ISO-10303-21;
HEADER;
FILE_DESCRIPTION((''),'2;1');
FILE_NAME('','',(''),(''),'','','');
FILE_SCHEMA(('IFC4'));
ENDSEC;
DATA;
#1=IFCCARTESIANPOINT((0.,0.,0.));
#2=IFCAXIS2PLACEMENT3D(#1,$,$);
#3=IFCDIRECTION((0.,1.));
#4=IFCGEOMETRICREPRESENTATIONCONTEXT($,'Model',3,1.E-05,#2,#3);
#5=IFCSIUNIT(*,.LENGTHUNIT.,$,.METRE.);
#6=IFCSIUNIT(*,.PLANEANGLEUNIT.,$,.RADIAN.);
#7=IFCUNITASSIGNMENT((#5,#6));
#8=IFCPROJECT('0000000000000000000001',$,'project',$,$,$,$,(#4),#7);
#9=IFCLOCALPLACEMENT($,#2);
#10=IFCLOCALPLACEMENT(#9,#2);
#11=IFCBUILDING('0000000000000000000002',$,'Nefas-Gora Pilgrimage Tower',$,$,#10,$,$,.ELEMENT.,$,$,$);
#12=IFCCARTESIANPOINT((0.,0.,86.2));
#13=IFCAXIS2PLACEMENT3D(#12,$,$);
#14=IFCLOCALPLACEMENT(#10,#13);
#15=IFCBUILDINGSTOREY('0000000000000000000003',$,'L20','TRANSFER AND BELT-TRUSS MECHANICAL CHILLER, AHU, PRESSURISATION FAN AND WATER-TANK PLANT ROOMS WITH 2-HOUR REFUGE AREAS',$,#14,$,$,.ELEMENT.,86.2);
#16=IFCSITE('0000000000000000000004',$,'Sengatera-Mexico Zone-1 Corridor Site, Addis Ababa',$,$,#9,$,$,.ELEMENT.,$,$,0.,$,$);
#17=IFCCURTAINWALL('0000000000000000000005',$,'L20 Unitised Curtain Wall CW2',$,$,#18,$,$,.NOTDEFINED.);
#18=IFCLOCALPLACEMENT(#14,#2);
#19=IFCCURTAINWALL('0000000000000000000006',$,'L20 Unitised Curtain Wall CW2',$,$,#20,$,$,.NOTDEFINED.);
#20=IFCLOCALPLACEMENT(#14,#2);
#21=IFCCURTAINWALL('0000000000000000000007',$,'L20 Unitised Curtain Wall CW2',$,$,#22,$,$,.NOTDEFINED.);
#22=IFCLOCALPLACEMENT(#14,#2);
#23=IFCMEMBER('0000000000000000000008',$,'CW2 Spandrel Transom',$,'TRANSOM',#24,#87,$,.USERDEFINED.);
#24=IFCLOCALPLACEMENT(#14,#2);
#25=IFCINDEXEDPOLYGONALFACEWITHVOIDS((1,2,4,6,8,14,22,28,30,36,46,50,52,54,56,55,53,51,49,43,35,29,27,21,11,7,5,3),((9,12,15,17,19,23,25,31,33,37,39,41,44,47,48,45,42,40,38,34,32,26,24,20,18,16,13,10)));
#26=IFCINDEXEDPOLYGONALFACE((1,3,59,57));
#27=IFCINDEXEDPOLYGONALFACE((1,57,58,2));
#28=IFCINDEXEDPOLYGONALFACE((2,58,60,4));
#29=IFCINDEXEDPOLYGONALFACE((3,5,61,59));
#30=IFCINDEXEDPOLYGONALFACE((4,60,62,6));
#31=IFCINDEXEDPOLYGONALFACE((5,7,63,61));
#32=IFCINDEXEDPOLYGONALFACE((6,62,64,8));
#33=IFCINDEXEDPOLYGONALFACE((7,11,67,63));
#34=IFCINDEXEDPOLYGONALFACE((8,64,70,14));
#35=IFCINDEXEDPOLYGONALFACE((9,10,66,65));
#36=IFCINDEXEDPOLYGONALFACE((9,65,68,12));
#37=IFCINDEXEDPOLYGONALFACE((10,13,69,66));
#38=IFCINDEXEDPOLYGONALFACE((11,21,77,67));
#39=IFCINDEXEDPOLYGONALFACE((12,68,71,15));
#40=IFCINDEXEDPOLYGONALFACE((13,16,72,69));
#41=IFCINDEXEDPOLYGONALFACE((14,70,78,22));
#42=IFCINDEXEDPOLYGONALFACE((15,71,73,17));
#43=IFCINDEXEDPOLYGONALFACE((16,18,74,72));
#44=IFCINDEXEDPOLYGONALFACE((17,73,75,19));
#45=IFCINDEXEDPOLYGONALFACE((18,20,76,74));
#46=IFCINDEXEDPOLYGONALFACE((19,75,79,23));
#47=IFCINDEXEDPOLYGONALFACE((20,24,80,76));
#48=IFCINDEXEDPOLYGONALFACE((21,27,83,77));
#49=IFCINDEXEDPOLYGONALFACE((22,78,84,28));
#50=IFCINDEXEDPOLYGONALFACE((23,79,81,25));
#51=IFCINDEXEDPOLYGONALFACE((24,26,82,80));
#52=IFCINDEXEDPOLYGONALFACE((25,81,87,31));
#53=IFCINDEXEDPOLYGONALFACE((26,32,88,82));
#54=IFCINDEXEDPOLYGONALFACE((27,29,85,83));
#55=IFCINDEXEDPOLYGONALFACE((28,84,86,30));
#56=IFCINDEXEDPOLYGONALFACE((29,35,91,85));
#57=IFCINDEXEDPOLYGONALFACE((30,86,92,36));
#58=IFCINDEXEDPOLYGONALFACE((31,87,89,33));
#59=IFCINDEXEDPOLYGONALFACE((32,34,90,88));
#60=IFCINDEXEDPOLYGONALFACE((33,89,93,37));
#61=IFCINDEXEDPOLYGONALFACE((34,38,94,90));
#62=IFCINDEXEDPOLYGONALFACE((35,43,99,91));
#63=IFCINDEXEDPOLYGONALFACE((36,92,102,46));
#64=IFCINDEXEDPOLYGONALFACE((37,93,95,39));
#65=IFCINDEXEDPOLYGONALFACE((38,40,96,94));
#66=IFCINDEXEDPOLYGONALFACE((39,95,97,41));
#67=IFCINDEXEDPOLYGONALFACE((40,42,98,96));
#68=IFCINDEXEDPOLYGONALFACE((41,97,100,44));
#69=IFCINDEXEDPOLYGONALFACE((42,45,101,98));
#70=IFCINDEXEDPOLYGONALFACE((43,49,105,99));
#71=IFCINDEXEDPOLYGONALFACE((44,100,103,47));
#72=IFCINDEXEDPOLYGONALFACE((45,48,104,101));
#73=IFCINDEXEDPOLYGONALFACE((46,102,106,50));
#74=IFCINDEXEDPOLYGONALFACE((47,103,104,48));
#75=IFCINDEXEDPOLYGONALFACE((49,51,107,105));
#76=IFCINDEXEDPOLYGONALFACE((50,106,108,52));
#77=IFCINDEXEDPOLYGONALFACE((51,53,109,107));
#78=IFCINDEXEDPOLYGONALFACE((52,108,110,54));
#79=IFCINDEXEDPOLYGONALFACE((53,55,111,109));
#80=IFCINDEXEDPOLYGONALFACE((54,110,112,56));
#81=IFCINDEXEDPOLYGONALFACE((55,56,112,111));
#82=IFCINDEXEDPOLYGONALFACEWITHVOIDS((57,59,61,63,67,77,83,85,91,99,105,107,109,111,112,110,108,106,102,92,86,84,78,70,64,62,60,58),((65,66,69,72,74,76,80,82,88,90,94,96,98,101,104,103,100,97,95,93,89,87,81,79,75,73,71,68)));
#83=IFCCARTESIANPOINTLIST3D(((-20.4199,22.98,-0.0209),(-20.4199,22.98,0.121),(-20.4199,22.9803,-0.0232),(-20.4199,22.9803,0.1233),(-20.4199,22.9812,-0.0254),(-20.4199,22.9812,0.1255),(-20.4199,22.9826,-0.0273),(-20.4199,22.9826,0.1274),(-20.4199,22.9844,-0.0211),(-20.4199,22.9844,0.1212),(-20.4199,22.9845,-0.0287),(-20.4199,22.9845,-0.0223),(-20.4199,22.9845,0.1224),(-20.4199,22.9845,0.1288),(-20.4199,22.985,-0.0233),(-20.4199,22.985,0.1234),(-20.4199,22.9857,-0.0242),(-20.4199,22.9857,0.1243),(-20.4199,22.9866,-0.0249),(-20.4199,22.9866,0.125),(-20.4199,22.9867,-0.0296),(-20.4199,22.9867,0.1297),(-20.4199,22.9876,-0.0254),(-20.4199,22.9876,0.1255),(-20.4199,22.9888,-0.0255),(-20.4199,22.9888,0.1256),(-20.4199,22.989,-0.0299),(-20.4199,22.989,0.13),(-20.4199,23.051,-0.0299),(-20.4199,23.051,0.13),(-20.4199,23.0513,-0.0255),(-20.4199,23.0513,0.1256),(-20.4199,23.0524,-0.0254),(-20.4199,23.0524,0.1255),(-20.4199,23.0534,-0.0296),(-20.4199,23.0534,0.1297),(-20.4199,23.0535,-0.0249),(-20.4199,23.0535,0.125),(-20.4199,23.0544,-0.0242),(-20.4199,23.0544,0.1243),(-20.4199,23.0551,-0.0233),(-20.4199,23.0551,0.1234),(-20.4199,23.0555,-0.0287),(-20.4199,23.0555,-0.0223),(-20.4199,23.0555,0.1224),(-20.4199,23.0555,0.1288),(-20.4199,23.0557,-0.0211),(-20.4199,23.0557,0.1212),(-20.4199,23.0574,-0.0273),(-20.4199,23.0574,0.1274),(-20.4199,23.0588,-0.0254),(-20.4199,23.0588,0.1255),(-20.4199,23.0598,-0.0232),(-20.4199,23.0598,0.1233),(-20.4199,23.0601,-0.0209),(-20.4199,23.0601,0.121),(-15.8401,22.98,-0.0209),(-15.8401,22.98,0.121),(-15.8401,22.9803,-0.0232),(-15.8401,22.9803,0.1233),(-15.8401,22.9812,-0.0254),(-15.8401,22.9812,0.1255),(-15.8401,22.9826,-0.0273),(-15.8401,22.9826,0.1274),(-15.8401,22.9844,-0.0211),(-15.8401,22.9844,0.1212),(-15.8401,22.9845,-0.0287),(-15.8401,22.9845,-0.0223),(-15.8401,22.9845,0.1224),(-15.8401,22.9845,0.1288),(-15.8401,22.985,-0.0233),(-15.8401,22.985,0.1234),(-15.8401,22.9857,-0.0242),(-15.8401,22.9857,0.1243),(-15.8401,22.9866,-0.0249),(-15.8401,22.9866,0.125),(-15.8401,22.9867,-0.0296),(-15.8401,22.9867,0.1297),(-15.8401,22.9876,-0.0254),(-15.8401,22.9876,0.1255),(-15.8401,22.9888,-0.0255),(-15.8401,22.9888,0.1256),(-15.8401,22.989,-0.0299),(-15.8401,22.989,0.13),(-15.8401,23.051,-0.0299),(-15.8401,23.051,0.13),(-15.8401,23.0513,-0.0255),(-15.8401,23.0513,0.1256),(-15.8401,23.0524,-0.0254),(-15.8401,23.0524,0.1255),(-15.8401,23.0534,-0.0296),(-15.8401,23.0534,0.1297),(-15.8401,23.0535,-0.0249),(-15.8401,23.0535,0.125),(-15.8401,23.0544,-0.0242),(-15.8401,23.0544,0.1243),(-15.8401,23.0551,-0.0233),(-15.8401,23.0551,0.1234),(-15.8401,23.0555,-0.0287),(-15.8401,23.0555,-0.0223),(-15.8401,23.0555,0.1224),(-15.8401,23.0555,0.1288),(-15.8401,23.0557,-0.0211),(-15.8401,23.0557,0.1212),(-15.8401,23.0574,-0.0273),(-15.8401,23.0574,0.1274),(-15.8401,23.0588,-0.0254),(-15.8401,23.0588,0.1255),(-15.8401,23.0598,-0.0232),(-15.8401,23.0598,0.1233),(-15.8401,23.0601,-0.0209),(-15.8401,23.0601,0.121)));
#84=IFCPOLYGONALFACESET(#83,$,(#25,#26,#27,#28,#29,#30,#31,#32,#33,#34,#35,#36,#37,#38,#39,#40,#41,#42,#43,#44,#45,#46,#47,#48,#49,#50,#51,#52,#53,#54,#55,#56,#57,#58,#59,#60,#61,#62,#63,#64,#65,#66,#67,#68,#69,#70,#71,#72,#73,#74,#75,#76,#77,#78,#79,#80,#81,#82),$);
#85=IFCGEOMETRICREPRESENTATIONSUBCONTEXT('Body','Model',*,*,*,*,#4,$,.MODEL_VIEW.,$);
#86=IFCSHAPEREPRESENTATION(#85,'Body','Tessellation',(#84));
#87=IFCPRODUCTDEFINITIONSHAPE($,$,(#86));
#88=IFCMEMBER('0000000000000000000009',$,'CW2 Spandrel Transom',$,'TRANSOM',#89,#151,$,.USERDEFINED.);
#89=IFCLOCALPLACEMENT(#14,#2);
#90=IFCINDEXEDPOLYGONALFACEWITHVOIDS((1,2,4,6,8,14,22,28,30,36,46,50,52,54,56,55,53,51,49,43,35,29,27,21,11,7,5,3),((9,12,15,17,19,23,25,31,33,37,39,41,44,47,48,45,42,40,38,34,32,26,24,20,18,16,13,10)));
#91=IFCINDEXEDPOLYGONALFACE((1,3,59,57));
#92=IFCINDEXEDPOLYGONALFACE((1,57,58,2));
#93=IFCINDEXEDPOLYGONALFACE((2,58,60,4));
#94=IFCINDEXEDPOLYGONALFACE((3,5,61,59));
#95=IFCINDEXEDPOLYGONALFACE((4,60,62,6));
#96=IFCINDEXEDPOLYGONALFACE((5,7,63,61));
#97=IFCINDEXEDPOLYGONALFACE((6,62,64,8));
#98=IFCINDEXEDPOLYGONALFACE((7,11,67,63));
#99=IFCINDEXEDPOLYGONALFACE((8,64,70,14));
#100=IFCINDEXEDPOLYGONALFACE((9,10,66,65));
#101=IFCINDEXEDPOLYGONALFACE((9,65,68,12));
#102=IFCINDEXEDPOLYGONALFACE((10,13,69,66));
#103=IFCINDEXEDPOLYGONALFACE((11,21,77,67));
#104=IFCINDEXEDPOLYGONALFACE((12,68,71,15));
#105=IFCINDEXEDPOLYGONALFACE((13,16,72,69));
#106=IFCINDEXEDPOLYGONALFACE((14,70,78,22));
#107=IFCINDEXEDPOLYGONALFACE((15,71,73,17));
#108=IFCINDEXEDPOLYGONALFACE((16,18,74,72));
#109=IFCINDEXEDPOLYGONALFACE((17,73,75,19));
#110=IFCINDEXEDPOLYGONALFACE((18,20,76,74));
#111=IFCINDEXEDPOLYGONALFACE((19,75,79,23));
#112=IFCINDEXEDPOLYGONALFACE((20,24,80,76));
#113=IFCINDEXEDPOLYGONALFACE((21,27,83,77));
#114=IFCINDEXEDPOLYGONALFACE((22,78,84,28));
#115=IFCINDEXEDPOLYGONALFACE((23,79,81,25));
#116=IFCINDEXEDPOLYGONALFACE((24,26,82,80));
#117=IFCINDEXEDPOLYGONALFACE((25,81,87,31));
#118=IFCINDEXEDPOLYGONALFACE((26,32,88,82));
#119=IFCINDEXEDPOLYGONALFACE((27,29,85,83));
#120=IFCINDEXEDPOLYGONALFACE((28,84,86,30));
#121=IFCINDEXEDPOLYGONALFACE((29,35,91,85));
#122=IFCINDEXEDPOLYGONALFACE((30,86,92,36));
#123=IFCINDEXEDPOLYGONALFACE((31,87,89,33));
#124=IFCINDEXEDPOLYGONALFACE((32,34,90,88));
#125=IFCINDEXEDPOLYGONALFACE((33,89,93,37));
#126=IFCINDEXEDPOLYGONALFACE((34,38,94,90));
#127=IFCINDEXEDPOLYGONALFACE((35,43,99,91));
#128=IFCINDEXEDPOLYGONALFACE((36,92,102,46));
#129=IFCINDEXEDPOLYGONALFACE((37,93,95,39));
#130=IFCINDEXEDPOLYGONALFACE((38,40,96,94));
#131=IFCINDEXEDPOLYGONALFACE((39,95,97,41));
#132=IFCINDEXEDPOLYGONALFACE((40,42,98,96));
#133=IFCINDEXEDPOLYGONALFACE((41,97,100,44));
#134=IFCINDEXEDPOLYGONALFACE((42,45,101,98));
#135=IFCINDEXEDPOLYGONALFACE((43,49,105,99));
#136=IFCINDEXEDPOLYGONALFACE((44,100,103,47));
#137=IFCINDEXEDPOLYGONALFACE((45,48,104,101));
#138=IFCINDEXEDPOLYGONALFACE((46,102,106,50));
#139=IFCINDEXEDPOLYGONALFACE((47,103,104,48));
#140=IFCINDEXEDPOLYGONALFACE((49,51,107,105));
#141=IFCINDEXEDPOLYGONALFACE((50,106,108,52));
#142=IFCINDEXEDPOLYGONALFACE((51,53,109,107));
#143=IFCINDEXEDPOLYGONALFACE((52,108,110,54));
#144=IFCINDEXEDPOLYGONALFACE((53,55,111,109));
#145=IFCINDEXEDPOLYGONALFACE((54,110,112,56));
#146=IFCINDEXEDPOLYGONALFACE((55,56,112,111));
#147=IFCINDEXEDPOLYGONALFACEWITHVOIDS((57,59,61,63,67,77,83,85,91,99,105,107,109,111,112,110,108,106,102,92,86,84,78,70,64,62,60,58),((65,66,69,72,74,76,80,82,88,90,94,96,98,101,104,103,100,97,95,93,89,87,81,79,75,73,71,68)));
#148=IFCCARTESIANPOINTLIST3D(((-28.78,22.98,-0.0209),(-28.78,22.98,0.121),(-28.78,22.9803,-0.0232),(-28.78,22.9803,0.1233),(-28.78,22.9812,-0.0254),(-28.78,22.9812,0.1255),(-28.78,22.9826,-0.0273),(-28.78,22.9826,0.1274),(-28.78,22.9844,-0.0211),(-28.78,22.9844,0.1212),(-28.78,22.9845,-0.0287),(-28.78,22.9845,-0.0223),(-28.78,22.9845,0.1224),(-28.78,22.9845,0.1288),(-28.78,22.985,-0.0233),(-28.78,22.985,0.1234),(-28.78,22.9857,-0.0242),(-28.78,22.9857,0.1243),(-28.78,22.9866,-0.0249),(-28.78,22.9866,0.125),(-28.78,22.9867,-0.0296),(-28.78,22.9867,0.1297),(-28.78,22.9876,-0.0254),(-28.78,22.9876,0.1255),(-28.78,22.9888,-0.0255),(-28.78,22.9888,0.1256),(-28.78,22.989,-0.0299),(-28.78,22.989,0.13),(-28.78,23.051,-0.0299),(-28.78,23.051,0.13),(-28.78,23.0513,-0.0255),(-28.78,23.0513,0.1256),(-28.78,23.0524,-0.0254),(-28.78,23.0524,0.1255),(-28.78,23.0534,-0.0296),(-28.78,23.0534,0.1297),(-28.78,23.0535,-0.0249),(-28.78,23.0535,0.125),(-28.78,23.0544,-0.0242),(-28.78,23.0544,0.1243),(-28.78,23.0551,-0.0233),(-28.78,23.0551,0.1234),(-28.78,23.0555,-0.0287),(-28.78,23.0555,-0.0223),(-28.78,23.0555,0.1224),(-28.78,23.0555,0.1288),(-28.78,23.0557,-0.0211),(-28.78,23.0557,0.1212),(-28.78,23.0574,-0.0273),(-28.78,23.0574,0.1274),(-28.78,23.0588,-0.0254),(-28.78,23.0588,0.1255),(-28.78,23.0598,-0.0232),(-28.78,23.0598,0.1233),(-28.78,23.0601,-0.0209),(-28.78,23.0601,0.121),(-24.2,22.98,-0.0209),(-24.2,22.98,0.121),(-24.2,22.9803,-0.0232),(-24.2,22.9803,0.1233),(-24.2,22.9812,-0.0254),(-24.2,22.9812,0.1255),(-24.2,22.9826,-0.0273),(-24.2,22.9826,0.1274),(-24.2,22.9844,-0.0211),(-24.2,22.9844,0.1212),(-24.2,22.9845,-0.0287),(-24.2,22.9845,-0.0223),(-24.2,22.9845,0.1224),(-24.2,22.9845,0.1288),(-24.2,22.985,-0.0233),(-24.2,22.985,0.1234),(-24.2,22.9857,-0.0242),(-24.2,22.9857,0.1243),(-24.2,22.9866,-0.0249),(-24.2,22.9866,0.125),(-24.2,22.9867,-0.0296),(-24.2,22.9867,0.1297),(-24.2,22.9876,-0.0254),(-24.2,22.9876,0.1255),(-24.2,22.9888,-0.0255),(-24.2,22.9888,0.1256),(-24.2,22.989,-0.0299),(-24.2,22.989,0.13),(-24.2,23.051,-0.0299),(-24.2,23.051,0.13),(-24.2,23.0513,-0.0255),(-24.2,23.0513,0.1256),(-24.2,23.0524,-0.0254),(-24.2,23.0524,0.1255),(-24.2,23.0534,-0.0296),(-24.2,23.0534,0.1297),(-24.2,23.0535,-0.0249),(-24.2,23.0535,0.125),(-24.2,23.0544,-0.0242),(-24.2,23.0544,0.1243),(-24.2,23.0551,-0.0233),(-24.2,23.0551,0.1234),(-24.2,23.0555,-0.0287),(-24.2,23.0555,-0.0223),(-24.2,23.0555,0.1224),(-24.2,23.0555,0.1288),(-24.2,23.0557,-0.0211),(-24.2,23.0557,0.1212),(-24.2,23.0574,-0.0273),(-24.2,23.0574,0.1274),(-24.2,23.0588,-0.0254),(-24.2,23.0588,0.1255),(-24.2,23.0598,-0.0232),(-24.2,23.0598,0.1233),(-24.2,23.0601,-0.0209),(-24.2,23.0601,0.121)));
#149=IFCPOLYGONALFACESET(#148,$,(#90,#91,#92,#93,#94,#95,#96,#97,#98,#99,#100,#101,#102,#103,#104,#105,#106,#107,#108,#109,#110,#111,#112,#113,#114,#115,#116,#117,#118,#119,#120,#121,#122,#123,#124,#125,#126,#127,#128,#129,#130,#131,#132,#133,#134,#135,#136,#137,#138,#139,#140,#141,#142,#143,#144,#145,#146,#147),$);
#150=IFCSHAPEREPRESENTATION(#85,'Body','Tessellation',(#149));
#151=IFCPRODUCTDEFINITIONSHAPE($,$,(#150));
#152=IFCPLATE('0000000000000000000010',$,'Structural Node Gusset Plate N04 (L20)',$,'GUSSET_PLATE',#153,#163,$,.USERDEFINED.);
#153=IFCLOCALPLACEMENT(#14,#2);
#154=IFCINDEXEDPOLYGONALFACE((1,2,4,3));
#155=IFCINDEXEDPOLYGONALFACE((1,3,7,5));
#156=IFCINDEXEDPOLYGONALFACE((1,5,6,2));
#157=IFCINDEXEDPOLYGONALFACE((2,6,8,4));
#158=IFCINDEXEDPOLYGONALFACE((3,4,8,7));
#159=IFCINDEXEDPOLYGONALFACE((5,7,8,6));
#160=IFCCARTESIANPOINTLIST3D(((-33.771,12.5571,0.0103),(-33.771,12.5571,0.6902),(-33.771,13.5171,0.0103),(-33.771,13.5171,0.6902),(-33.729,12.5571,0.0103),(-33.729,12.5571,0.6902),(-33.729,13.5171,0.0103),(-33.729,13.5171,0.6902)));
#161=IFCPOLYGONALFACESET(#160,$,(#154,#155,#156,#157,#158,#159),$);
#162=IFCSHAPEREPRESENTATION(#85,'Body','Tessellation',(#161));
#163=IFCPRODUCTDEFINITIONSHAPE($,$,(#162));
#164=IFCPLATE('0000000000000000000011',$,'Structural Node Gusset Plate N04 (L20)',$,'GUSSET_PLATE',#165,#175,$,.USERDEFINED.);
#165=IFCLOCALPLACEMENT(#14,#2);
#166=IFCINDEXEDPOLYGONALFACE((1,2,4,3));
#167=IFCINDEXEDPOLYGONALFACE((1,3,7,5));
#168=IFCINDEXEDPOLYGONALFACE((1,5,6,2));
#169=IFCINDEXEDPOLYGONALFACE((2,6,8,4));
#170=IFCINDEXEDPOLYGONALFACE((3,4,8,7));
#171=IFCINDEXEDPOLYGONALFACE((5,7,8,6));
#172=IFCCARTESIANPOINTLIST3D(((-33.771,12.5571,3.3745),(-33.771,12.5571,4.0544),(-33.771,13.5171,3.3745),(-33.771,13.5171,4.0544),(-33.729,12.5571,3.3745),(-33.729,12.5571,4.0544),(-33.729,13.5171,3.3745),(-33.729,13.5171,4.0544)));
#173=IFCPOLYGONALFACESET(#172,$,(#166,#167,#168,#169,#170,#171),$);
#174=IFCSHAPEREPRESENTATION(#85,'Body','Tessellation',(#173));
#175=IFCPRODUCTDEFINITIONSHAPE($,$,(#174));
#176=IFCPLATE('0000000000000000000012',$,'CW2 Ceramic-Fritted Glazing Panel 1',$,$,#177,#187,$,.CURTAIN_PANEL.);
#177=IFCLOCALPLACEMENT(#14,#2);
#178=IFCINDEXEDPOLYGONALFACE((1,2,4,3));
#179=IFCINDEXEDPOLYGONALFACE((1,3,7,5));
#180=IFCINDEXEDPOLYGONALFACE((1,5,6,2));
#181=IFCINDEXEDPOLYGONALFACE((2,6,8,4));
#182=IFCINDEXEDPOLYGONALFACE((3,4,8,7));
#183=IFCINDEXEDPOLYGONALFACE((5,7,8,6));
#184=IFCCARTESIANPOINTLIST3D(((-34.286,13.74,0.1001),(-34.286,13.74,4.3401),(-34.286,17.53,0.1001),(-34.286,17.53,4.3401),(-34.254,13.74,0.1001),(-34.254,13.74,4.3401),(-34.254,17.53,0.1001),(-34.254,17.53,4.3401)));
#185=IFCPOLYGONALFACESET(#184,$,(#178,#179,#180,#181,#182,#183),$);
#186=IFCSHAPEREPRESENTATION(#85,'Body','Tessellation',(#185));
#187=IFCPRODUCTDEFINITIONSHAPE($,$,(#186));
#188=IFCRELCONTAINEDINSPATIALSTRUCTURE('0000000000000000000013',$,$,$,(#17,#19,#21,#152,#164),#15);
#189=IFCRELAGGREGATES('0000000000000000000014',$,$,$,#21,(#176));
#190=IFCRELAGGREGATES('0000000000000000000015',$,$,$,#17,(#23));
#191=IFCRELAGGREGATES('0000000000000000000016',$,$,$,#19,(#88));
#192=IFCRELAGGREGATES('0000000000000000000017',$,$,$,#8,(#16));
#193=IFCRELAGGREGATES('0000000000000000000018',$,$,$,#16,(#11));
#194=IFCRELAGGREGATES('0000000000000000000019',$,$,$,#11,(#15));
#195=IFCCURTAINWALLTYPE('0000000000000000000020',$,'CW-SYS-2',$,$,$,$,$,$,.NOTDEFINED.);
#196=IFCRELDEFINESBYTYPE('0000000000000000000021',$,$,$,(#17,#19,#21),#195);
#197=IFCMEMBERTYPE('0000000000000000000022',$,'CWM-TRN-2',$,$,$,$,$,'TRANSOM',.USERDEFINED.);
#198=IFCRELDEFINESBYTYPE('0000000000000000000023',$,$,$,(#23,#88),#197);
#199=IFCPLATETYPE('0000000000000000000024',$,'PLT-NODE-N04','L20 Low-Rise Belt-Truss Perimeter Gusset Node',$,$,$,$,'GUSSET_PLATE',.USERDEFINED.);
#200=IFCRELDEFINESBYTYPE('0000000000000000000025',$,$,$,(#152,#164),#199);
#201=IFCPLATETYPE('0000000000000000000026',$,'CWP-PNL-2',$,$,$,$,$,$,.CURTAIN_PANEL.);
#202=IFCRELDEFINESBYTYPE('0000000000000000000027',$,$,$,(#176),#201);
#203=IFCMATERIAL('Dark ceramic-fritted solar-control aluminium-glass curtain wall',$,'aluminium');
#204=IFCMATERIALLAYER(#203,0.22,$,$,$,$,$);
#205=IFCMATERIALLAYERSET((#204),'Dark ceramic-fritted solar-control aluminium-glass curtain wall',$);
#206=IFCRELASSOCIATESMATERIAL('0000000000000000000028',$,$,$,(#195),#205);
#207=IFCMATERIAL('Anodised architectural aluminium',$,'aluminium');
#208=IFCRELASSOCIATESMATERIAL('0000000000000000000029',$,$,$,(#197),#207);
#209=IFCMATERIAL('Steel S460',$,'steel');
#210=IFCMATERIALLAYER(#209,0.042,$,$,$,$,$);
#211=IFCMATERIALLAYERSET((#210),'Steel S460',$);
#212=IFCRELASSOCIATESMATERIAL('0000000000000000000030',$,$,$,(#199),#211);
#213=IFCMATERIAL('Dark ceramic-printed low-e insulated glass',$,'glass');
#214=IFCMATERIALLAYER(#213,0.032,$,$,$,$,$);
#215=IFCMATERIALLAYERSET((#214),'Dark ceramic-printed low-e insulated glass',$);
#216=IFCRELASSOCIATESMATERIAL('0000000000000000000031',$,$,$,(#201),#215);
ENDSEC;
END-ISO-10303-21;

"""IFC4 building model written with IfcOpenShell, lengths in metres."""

from ifc_helpers import new_model, si_unit, direction, frame, origin, origin_2d, place, context, subcontext, project, spatial, rectangle, hollow_rectangle, extrude, source, transform, mapped, material, layer, layer_set, material_profile, profile_set, type_object, element, aggregate, save


model = new_model("IFC4")

# Units and contexts
model_context = context("Model", 3, precision=1e-05, world=origin(), true_north=direction((0.0, 1.0)))
body_context = subcontext(model_context, "Body", "Model", "MODEL_VIEW")
ifc_project = project(units=[si_unit("LENGTHUNIT", "METRE"), si_unit("PLANEANGLEUNIT", "RADIAN")], contexts=[model_context])

# Site, building, storey
site_placement = place(None, origin())
site = spatial("IfcSite", under=ifc_project, at=site_placement, Name="Sengatera-Mexico Zone-1 Corridor Site, Addis Ababa", CompositionType="ELEMENT", RefElevation=0.0)
building_placement = place(site_placement, origin())
building = spatial("IfcBuilding", under=site, at=building_placement, Name="Nefas-Gora Pilgrimage Tower", CompositionType="ELEMENT")
storey_placement = place(building_placement, frame((0.0, 0.0, 86.2)))
storey = spatial("IfcBuildingStorey", under=building, at=storey_placement, Name="L20", Description="TRANSFER AND BELT-TRUSS MECHANICAL CHILLER, AHU, PRESSURISATION FAN AND WATER-TANK PLANT ROOMS WITH 2-HOUR REFUGE AREAS", CompositionType="ELEMENT", Elevation=86.2)

# Shared definitions
ifc_material_1 = material(Name="Steel S460", Category="steel")

# Shared definitions
ifc_material_2 = material(Name="Dark ceramic-fritted solar-control aluminium-glass curtain wall", Category="aluminium")
ifc_material_3 = material(Name="Anodised architectural aluminium", Category="aluminium")

# Curtain walls
ifc_layer_1 = layer(ifc_material_2, 0.22)
ifc_layer_set_1 = layer_set([ifc_layer_1], Name="Dark ceramic-fritted solar-control aluminium-glass curtain wall")
curtain_wall_type_1 = type_object("IfcCurtainWallType", Name="CW-SYS-2", PredefinedType="NOTDEFINED", material=ifc_layer_set_1)
curtain_wall_1_placement = place(storey_placement, origin())
curtain_wall_1 = element("IfcCurtainWall", 1, at=curtain_wall_1_placement, inside=storey, type_object=curtain_wall_type_1, Name="L20 Unitised Curtain Wall CW2", PredefinedType="NOTDEFINED")
curtain_wall_2_placement = place(storey_placement, origin())
curtain_wall_2 = element("IfcCurtainWall", 2, at=curtain_wall_2_placement, inside=storey, type_object=curtain_wall_type_1, Name="L20 Unitised Curtain Wall CW2", PredefinedType="NOTDEFINED")
curtain_wall_3_placement = place(storey_placement, origin())
curtain_wall_3 = element("IfcCurtainWall", 3, at=curtain_wall_3_placement, inside=storey, type_object=curtain_wall_type_1, Name="L20 Unitised Curtain Wall CW2", PredefinedType="NOTDEFINED")
ifc_material_profile_1 = material_profile(ifc_material_3, hollow_rectangle(XDim=0.0801, YDim=0.1599, WallThickness=0.0044, InnerFilletRadius=0.0044, OuterFilletRadius=0.009, at=origin_2d()), Name="ALU TRANSOM 80x160")
ifc_profile_set_1 = profile_set([ifc_material_profile_1], Name="Anodised architectural aluminium")
member_type_1 = type_object("IfcMemberType", Name="CWM-TRN-2", ElementType="TRANSOM", PredefinedType="USERDEFINED", material=ifc_profile_set_1)

# Members
shared_shape_1 = source(origin(), body_context, "Body", "SweptSolid", [
    extrude(hollow_rectangle(XDim=0.0801, YDim=0.1599, WallThickness=0.0044, InnerFilletRadius=0.0044, OuterFilletRadius=0.009, at=origin_2d()), origin(), (0.0, 0.0, 1.0), 4.5798),
])
member_1_placement = place(storey_placement, frame((-15.8401, 23.02, 0.05), z_axis=(-1.0, 0.0, 0.0), x_axis=(0.0, -1.0, 0.0)))
member_1 = element("IfcMember", 4, at=member_1_placement, type_object=member_type_1, Name="CW2 Spandrel Transom", ObjectType="TRANSOM", PredefinedType="USERDEFINED", context=body_context, shape_type="MappedRepresentation", body=[
    mapped(shared_shape_1, transform((0.0, 0.0, 0.0), x_axis=(1.0, 0.0, 0.0), y_axis=(0.0, 1.0, 0.0), z_axis=(0.0, 0.0, 1.0), scale=1.0)),
])
shared_shape_2 = source(origin(), body_context, "Body", "SweptSolid", [
    extrude(hollow_rectangle(XDim=0.0801, YDim=0.1599, WallThickness=0.0044, InnerFilletRadius=0.0044, OuterFilletRadius=0.009, at=origin_2d()), origin(), (0.0, 0.0, 1.0), 4.5801),
])
member_2_placement = place(storey_placement, frame((-24.2, 23.02, 0.05), z_axis=(-1.0, 0.0, 0.0), x_axis=(0.0, -1.0, 0.0)))
member_2 = element("IfcMember", 5, at=member_2_placement, type_object=member_type_1, Name="CW2 Spandrel Transom", ObjectType="TRANSOM", PredefinedType="USERDEFINED", context=body_context, shape_type="MappedRepresentation", body=[
    mapped(shared_shape_2, transform((0.0, 0.0, 0.0), x_axis=(1.0, 0.0, 0.0), y_axis=(0.0, 1.0, 0.0), z_axis=(0.0, 0.0, 1.0), scale=1.0)),
])

# Plates
ifc_layer_2 = layer(ifc_material_1, 0.042)
ifc_layer_set_2 = layer_set([ifc_layer_2], Name="Steel S460")
plate_type_1 = type_object("IfcPlateType", Name="PLT-NODE-N04", Description="L20 Low-Rise Belt-Truss Perimeter Gusset Node", ElementType="GUSSET_PLATE", PredefinedType="USERDEFINED", material=ifc_layer_set_2)
shared_shape_3 = source(origin(), body_context, "Body", "SweptSolid", [
    extrude(rectangle(XDim=0.96, YDim=0.042, at=origin_2d()), origin(), (0.0, 0.0, 1.0), 0.6799),
])
for number, where, z_axis, x_axis, name in (
    (6, (-33.75, 13.0371, 0.0103), (0.0, 0.0, 1.0), (0.0, 1.0, 0.0), "Structural Node Gusset Plate N04 (L20)"),
    (7, (-33.75, 13.0371, 3.3745), (0.0, 0.0, 1.0), (0.0, 1.0, 0.0), "Structural Node Gusset Plate N04 (L20)"),
):
    element("IfcPlate", number, at=place(storey_placement, frame(where, z_axis=z_axis, x_axis=x_axis)), inside=storey, type_object=plate_type_1, Name=name, ObjectType="GUSSET_PLATE", PredefinedType="USERDEFINED", context=body_context, shape_type="MappedRepresentation", body=[
        mapped(shared_shape_3, transform((0.0, 0.0, 0.0), x_axis=(1.0, 0.0, 0.0), y_axis=(0.0, 1.0, 0.0), z_axis=(0.0, 0.0, 1.0), scale=1.0)),
    ])

# Plate
ifc_material_4 = material(Name="Dark ceramic-printed low-e insulated glass", Category="glass")
ifc_layer_3 = layer(ifc_material_4, 0.032)
ifc_layer_set_3 = layer_set([ifc_layer_3], Name="Dark ceramic-printed low-e insulated glass")
plate_type_2 = type_object("IfcPlateType", Name="CWP-PNL-2", PredefinedType="CURTAIN_PANEL", material=ifc_layer_set_3)
shared_shape_4 = source(origin(), body_context, "Body", "SweptSolid", [
    extrude(rectangle(XDim=3.79, YDim=0.032, at=origin_2d()), origin(), (0.0, 0.0, 1.0), 4.24),
])
plate_1_placement = place(storey_placement, frame((-34.27, 15.635, 0.1001), z_axis=(0.0, 0.0, 1.0), x_axis=(0.0, -1.0, 0.0)))
plate_1 = element("IfcPlate", 8, at=plate_1_placement, type_object=plate_type_2, Name="CW2 Ceramic-Fritted Glazing Panel 1", PredefinedType="CURTAIN_PANEL", context=body_context, shape_type="MappedRepresentation", body=[
    mapped(shared_shape_4, transform((0.0, 0.0, 0.0), x_axis=(1.0, 0.0, 0.0), y_axis=(0.0, 1.0, 0.0), z_axis=(0.0, 0.0, 1.0), scale=1.0)),
])
aggregate(curtain_wall_3, [plate_1])
aggregate(curtain_wall_1, [member_1])
aggregate(curtain_wall_2, [member_2])

save(model, "model.ifc")
